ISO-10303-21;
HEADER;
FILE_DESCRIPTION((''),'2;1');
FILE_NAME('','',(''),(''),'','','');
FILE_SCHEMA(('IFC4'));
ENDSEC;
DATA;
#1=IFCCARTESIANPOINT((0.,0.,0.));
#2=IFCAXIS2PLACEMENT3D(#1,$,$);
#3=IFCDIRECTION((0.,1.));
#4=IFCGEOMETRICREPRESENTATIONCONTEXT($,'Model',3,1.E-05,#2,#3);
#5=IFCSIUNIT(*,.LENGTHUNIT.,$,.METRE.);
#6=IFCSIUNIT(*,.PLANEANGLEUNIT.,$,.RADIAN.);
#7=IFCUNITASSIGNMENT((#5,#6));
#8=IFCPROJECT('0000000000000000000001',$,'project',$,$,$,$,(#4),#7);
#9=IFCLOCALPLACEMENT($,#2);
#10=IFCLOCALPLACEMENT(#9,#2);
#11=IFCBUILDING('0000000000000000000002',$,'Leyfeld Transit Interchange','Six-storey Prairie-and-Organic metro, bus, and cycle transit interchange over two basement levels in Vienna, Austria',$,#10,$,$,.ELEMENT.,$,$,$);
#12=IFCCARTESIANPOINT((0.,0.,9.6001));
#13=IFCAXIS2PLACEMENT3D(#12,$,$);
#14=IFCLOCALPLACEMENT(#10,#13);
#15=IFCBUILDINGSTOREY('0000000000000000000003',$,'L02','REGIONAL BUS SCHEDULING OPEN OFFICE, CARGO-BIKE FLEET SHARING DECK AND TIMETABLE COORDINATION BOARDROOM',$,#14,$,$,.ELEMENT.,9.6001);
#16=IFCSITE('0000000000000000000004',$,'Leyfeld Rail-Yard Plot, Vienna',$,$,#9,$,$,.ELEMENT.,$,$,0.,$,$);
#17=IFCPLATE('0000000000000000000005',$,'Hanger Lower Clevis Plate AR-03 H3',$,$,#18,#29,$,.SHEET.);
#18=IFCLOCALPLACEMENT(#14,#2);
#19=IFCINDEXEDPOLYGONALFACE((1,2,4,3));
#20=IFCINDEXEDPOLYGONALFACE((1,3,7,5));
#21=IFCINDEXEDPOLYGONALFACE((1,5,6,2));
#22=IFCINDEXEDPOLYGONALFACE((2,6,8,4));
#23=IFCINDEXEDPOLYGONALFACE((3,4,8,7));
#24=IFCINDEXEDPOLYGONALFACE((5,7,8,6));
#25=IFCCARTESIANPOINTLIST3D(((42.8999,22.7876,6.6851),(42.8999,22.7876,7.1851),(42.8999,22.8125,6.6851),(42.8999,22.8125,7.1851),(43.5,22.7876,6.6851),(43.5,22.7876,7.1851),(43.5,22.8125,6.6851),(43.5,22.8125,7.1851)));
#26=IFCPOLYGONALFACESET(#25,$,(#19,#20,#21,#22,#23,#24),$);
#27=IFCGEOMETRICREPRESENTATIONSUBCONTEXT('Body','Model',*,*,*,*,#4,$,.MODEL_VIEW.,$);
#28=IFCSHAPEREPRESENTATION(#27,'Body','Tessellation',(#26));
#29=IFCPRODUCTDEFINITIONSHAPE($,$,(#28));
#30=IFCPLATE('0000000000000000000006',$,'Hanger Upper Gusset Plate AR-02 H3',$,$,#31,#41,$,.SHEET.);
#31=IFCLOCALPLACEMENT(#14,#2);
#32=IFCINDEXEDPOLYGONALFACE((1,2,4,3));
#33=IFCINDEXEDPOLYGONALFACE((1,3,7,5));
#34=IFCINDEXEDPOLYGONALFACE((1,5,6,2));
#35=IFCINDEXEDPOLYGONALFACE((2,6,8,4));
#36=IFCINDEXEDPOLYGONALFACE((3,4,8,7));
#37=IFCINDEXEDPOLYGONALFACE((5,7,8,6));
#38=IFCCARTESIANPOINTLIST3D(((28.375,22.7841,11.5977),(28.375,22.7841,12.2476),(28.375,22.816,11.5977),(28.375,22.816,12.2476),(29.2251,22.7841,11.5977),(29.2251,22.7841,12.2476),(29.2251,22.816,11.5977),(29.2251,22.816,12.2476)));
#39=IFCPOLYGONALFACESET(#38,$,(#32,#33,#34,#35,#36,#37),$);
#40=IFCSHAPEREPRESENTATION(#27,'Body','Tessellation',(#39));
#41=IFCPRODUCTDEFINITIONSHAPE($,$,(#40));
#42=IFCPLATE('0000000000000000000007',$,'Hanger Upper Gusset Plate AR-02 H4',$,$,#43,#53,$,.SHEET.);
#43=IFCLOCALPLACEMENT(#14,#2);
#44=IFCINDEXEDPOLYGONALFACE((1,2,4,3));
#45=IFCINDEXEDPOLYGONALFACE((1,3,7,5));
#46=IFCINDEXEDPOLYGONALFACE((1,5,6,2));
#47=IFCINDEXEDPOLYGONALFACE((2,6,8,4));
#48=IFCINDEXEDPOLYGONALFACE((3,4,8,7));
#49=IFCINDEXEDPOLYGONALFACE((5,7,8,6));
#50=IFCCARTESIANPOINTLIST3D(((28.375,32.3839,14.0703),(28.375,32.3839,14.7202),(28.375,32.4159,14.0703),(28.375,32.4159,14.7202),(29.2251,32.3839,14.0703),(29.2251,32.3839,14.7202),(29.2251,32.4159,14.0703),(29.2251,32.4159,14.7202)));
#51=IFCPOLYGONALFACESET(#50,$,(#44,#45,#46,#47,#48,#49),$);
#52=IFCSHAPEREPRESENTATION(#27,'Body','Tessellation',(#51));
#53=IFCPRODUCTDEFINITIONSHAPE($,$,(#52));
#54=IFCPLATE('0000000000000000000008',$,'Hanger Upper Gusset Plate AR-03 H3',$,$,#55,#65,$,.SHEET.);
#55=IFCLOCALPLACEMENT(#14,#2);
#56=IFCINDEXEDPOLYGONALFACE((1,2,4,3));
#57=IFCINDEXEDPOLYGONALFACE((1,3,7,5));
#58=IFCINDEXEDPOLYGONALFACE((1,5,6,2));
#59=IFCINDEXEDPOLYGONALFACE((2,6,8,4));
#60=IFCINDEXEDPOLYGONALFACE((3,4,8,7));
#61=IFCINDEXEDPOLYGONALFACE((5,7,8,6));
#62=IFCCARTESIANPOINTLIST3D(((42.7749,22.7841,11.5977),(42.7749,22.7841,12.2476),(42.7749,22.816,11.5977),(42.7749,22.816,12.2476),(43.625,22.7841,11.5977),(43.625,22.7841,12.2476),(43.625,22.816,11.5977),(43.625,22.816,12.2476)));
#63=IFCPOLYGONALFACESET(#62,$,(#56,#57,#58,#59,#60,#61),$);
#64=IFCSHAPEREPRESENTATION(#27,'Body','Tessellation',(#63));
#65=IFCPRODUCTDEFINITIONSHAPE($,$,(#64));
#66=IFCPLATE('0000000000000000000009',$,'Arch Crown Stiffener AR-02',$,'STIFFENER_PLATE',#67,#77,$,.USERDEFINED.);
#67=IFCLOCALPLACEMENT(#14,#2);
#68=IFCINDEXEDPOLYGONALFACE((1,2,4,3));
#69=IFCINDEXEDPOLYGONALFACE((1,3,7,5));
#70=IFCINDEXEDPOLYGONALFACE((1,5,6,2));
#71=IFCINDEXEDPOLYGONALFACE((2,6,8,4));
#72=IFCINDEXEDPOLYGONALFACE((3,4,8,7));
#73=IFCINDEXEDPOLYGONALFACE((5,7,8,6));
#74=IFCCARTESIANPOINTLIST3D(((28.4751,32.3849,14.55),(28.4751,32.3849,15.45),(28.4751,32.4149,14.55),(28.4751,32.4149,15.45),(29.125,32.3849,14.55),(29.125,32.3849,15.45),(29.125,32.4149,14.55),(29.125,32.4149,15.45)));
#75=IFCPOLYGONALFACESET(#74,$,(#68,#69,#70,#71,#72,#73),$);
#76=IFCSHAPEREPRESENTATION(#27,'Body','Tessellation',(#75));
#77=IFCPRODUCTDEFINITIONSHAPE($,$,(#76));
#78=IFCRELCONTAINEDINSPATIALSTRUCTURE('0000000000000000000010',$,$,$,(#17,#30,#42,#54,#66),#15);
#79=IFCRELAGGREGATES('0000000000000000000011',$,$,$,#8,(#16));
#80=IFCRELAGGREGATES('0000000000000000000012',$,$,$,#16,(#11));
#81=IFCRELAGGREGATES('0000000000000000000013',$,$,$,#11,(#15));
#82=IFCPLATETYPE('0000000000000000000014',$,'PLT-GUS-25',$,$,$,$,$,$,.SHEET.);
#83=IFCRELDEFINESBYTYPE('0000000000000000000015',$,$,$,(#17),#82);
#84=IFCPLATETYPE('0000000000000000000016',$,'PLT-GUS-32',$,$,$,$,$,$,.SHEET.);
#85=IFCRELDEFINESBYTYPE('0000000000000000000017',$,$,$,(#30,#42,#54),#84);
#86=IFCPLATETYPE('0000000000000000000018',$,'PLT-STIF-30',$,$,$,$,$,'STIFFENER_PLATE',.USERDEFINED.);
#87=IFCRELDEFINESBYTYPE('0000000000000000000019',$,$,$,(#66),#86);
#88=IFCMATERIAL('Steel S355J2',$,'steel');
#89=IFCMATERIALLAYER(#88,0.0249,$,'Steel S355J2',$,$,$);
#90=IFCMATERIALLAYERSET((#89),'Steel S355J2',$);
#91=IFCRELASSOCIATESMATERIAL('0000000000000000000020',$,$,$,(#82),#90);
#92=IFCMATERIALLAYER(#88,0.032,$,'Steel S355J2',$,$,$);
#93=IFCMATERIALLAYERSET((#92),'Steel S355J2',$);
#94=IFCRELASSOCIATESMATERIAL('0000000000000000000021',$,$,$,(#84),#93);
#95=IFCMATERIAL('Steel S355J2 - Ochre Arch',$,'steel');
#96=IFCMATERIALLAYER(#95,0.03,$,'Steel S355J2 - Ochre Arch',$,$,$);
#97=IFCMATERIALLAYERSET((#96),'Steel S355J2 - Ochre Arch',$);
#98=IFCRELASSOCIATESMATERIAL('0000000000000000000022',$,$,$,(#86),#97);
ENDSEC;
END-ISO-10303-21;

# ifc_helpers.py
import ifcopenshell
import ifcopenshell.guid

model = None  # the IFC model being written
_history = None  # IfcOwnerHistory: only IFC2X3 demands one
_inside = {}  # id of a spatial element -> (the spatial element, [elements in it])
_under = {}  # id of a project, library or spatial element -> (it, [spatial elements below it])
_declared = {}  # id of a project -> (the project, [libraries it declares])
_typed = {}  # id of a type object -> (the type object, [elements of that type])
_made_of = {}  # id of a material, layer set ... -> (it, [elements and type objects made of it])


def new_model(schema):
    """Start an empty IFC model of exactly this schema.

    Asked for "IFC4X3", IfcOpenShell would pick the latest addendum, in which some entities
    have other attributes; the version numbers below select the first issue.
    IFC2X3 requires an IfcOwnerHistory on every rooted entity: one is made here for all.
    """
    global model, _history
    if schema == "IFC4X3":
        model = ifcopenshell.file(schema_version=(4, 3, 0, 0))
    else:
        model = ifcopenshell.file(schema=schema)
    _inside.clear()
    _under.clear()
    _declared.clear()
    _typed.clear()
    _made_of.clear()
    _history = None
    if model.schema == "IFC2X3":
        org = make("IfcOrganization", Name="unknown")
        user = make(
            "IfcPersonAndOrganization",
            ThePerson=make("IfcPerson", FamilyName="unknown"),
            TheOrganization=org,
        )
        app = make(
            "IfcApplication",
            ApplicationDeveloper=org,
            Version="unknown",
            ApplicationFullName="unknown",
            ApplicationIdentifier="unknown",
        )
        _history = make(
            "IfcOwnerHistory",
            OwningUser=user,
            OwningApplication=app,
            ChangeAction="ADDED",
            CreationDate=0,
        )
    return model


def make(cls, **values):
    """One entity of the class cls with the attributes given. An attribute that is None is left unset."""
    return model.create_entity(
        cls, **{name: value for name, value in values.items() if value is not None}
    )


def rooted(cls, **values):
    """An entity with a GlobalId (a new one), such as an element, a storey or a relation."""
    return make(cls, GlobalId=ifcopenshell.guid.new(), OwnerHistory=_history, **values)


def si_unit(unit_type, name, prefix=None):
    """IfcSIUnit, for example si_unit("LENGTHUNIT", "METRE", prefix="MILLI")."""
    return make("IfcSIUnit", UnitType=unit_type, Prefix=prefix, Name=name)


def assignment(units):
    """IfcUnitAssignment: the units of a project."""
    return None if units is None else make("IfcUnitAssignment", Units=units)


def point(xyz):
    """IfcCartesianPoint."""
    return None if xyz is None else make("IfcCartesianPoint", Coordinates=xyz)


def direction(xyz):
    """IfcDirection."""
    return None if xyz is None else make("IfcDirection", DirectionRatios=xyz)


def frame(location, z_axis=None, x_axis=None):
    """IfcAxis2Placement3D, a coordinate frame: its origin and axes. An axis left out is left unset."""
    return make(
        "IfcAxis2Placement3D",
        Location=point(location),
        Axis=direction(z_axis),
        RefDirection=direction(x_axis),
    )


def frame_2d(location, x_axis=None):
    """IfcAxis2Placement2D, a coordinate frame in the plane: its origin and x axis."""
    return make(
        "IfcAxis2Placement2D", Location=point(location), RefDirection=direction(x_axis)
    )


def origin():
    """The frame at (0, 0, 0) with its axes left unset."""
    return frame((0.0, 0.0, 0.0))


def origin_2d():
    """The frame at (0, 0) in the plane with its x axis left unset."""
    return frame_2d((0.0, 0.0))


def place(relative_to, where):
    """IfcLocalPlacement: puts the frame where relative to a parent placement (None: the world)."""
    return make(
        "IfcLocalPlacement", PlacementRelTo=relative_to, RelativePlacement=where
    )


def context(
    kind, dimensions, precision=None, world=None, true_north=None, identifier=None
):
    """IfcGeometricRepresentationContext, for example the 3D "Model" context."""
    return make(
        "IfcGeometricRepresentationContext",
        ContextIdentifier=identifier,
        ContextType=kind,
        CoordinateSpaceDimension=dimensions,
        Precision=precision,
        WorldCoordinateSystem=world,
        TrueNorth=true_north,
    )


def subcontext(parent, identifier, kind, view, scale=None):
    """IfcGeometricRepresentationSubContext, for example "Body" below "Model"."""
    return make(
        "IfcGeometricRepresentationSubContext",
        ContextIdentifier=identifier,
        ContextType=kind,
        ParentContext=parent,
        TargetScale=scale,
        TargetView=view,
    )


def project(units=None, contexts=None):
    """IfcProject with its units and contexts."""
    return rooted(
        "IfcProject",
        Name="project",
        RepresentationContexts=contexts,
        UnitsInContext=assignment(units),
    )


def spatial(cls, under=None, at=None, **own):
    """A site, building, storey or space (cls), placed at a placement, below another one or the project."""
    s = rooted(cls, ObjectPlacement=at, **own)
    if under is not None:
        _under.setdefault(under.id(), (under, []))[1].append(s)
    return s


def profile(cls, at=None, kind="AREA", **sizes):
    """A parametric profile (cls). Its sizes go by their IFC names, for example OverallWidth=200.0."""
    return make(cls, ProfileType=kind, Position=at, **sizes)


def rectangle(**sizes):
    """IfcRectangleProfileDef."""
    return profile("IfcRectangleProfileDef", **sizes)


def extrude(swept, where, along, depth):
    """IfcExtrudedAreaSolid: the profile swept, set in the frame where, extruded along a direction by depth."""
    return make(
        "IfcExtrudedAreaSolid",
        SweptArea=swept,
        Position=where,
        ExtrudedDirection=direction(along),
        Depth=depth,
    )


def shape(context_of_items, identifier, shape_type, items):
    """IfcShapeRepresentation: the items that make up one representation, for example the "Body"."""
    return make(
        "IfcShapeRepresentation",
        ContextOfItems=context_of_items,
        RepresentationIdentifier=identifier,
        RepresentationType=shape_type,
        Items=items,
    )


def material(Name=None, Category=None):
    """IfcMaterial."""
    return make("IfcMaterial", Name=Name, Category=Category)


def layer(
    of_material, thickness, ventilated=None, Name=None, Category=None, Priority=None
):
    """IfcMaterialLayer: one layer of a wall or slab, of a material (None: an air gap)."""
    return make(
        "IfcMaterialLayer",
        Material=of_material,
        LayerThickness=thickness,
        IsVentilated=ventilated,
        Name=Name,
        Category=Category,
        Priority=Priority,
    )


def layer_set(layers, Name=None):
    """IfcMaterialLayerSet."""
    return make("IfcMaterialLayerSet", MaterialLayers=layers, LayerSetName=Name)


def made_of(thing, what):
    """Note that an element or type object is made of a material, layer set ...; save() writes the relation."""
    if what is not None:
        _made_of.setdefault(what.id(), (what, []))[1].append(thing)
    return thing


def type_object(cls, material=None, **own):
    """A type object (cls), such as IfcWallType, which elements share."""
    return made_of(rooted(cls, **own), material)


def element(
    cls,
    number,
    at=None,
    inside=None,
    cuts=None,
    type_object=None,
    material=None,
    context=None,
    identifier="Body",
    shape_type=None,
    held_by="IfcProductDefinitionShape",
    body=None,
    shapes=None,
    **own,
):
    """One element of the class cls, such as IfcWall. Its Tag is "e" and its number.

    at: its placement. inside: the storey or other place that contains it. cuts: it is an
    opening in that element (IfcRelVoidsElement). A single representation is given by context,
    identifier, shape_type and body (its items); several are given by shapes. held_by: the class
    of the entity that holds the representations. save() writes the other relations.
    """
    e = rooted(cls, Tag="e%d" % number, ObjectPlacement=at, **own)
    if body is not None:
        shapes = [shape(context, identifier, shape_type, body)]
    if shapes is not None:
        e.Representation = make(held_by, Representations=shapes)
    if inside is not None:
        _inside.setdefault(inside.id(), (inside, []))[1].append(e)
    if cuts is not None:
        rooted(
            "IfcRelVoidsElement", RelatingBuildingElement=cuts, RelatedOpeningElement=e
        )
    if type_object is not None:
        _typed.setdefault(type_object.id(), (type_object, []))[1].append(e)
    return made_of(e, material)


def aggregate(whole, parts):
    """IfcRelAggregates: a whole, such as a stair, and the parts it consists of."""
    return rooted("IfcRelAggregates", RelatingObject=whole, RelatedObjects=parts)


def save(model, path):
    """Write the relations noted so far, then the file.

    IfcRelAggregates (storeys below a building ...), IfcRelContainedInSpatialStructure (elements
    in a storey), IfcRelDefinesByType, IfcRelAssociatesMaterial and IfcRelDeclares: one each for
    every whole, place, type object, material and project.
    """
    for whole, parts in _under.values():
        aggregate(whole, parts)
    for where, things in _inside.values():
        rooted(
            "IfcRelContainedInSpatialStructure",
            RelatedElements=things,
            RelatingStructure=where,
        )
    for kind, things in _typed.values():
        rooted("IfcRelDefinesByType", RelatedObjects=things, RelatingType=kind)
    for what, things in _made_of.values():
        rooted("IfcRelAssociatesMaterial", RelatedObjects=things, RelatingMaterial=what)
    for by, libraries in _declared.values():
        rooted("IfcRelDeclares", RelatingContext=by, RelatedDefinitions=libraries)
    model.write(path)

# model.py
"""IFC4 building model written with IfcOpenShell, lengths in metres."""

from ifc_helpers import new_model, si_unit, direction, frame, origin, origin_2d, place, context, subcontext, project, spatial, rectangle, extrude, material, layer, layer_set, type_object, element, save


model = new_model("IFC4")

# Units and contexts
model_context = context("Model", 3, precision=1e-05, world=origin(), true_north=direction((0.0, 1.0)))
body_context = subcontext(model_context, "Body", "Model", "MODEL_VIEW")
ifc_project = project(units=[si_unit("LENGTHUNIT", "METRE"), si_unit("PLANEANGLEUNIT", "RADIAN")], contexts=[model_context])

# Site, building, storey
site_placement = place(None, origin())
site = spatial("IfcSite", under=ifc_project, at=site_placement, Name="Leyfeld Rail-Yard Plot, Vienna", CompositionType="ELEMENT", RefElevation=0.0)
building_placement = place(site_placement, origin())
building = spatial("IfcBuilding", under=site, at=building_placement, Name="Leyfeld Transit Interchange", Description="Six-storey Prairie-and-Organic metro, bus, and cycle transit interchange over two basement levels in Vienna, Austria", CompositionType="ELEMENT")
storey_placement = place(building_placement, frame((0.0, 0.0, 9.6001)))
storey = spatial("IfcBuildingStorey", under=building, at=storey_placement, Name="L02", Description="REGIONAL BUS SCHEDULING OPEN OFFICE, CARGO-BIKE FLEET SHARING DECK AND TIMETABLE COORDINATION BOARDROOM", CompositionType="ELEMENT", Elevation=9.6001)

# Shared definitions
ifc_material_1 = material(Name="Steel S355J2 - Ochre Arch", Category="steel")
ifc_material_2 = material(Name="Steel S355J2", Category="steel")

# Plates
ifc_layer_1 = layer(ifc_material_2, 0.0249, Name="Steel S355J2")
ifc_layer_set_1 = layer_set([ifc_layer_1], Name="Steel S355J2")
plate_type_1 = type_object("IfcPlateType", Name="PLT-GUS-25", PredefinedType="SHEET", material=ifc_layer_set_1)
for number, where, z_axis, x_axis, name in (
    (1, (43.2, 22.8, 6.6851), (0.0, 0.0, 1.0), (1.0, 0.0, 0.0), "Hanger Lower Clevis Plate AR-03 H3"),
):
    element("IfcPlate", number, at=place(storey_placement, frame(where, z_axis=z_axis, x_axis=x_axis)), inside=storey, type_object=plate_type_1, Name=name, PredefinedType="SHEET", context=body_context, shape_type="SweptSolid", body=[
        extrude(rectangle(XDim=0.6001, YDim=0.0249, at=origin_2d()), origin(), (0.0, 0.0, 1.0), 0.5),
    ])
ifc_layer_2 = layer(ifc_material_2, 0.032, Name="Steel S355J2")
ifc_layer_set_2 = layer_set([ifc_layer_2], Name="Steel S355J2")
plate_type_2 = type_object("IfcPlateType", Name="PLT-GUS-32", PredefinedType="SHEET", material=ifc_layer_set_2)
for number, where, z_axis, x_axis, name in (
    (2, (28.8, 22.8, 11.5977), (0.0, 0.0, 1.0), (1.0, 0.0, 0.0), "Hanger Upper Gusset Plate AR-02 H3"),
    (3, (28.8, 32.3999, 14.0703), (0.0, 0.0, 1.0), (1.0, 0.0, 0.0), "Hanger Upper Gusset Plate AR-02 H4"),
    (4, (43.2, 22.8, 11.5977), (0.0, 0.0, 1.0), (1.0, 0.0, 0.0), "Hanger Upper Gusset Plate AR-03 H3"),
):
    element("IfcPlate", number, at=place(storey_placement, frame(where, z_axis=z_axis, x_axis=x_axis)), inside=storey, type_object=plate_type_2, Name=name, PredefinedType="SHEET", context=body_context, shape_type="SweptSolid", body=[
        extrude(rectangle(XDim=0.8501, YDim=0.032, at=origin_2d()), origin(), (0.0, 0.0, 1.0), 0.6499),
    ])
ifc_layer_3 = layer(ifc_material_1, 0.03, Name="Steel S355J2 - Ochre Arch")
ifc_layer_set_3 = layer_set([ifc_layer_3], Name="Steel S355J2 - Ochre Arch")
plate_type_3 = type_object("IfcPlateType", Name="PLT-STIF-30", ElementType="STIFFENER_PLATE", PredefinedType="USERDEFINED", material=ifc_layer_set_3)
plate_placement = place(storey_placement, frame((28.8, 32.3999, 14.55), z_axis=(0.0, 0.0, 1.0), x_axis=(1.0, 0.0, 0.0)))
element("IfcPlate", 5, at=plate_placement, inside=storey, type_object=plate_type_3, Name="Arch Crown Stiffener AR-02", ObjectType="STIFFENER_PLATE", PredefinedType="USERDEFINED", context=body_context, shape_type="SweptSolid", body=[
    extrude(rectangle(XDim=0.6499, YDim=0.03, at=origin_2d()), origin(), (0.0, 0.0, 1.0), 0.8999),
])

save(model, "model.ifc")
